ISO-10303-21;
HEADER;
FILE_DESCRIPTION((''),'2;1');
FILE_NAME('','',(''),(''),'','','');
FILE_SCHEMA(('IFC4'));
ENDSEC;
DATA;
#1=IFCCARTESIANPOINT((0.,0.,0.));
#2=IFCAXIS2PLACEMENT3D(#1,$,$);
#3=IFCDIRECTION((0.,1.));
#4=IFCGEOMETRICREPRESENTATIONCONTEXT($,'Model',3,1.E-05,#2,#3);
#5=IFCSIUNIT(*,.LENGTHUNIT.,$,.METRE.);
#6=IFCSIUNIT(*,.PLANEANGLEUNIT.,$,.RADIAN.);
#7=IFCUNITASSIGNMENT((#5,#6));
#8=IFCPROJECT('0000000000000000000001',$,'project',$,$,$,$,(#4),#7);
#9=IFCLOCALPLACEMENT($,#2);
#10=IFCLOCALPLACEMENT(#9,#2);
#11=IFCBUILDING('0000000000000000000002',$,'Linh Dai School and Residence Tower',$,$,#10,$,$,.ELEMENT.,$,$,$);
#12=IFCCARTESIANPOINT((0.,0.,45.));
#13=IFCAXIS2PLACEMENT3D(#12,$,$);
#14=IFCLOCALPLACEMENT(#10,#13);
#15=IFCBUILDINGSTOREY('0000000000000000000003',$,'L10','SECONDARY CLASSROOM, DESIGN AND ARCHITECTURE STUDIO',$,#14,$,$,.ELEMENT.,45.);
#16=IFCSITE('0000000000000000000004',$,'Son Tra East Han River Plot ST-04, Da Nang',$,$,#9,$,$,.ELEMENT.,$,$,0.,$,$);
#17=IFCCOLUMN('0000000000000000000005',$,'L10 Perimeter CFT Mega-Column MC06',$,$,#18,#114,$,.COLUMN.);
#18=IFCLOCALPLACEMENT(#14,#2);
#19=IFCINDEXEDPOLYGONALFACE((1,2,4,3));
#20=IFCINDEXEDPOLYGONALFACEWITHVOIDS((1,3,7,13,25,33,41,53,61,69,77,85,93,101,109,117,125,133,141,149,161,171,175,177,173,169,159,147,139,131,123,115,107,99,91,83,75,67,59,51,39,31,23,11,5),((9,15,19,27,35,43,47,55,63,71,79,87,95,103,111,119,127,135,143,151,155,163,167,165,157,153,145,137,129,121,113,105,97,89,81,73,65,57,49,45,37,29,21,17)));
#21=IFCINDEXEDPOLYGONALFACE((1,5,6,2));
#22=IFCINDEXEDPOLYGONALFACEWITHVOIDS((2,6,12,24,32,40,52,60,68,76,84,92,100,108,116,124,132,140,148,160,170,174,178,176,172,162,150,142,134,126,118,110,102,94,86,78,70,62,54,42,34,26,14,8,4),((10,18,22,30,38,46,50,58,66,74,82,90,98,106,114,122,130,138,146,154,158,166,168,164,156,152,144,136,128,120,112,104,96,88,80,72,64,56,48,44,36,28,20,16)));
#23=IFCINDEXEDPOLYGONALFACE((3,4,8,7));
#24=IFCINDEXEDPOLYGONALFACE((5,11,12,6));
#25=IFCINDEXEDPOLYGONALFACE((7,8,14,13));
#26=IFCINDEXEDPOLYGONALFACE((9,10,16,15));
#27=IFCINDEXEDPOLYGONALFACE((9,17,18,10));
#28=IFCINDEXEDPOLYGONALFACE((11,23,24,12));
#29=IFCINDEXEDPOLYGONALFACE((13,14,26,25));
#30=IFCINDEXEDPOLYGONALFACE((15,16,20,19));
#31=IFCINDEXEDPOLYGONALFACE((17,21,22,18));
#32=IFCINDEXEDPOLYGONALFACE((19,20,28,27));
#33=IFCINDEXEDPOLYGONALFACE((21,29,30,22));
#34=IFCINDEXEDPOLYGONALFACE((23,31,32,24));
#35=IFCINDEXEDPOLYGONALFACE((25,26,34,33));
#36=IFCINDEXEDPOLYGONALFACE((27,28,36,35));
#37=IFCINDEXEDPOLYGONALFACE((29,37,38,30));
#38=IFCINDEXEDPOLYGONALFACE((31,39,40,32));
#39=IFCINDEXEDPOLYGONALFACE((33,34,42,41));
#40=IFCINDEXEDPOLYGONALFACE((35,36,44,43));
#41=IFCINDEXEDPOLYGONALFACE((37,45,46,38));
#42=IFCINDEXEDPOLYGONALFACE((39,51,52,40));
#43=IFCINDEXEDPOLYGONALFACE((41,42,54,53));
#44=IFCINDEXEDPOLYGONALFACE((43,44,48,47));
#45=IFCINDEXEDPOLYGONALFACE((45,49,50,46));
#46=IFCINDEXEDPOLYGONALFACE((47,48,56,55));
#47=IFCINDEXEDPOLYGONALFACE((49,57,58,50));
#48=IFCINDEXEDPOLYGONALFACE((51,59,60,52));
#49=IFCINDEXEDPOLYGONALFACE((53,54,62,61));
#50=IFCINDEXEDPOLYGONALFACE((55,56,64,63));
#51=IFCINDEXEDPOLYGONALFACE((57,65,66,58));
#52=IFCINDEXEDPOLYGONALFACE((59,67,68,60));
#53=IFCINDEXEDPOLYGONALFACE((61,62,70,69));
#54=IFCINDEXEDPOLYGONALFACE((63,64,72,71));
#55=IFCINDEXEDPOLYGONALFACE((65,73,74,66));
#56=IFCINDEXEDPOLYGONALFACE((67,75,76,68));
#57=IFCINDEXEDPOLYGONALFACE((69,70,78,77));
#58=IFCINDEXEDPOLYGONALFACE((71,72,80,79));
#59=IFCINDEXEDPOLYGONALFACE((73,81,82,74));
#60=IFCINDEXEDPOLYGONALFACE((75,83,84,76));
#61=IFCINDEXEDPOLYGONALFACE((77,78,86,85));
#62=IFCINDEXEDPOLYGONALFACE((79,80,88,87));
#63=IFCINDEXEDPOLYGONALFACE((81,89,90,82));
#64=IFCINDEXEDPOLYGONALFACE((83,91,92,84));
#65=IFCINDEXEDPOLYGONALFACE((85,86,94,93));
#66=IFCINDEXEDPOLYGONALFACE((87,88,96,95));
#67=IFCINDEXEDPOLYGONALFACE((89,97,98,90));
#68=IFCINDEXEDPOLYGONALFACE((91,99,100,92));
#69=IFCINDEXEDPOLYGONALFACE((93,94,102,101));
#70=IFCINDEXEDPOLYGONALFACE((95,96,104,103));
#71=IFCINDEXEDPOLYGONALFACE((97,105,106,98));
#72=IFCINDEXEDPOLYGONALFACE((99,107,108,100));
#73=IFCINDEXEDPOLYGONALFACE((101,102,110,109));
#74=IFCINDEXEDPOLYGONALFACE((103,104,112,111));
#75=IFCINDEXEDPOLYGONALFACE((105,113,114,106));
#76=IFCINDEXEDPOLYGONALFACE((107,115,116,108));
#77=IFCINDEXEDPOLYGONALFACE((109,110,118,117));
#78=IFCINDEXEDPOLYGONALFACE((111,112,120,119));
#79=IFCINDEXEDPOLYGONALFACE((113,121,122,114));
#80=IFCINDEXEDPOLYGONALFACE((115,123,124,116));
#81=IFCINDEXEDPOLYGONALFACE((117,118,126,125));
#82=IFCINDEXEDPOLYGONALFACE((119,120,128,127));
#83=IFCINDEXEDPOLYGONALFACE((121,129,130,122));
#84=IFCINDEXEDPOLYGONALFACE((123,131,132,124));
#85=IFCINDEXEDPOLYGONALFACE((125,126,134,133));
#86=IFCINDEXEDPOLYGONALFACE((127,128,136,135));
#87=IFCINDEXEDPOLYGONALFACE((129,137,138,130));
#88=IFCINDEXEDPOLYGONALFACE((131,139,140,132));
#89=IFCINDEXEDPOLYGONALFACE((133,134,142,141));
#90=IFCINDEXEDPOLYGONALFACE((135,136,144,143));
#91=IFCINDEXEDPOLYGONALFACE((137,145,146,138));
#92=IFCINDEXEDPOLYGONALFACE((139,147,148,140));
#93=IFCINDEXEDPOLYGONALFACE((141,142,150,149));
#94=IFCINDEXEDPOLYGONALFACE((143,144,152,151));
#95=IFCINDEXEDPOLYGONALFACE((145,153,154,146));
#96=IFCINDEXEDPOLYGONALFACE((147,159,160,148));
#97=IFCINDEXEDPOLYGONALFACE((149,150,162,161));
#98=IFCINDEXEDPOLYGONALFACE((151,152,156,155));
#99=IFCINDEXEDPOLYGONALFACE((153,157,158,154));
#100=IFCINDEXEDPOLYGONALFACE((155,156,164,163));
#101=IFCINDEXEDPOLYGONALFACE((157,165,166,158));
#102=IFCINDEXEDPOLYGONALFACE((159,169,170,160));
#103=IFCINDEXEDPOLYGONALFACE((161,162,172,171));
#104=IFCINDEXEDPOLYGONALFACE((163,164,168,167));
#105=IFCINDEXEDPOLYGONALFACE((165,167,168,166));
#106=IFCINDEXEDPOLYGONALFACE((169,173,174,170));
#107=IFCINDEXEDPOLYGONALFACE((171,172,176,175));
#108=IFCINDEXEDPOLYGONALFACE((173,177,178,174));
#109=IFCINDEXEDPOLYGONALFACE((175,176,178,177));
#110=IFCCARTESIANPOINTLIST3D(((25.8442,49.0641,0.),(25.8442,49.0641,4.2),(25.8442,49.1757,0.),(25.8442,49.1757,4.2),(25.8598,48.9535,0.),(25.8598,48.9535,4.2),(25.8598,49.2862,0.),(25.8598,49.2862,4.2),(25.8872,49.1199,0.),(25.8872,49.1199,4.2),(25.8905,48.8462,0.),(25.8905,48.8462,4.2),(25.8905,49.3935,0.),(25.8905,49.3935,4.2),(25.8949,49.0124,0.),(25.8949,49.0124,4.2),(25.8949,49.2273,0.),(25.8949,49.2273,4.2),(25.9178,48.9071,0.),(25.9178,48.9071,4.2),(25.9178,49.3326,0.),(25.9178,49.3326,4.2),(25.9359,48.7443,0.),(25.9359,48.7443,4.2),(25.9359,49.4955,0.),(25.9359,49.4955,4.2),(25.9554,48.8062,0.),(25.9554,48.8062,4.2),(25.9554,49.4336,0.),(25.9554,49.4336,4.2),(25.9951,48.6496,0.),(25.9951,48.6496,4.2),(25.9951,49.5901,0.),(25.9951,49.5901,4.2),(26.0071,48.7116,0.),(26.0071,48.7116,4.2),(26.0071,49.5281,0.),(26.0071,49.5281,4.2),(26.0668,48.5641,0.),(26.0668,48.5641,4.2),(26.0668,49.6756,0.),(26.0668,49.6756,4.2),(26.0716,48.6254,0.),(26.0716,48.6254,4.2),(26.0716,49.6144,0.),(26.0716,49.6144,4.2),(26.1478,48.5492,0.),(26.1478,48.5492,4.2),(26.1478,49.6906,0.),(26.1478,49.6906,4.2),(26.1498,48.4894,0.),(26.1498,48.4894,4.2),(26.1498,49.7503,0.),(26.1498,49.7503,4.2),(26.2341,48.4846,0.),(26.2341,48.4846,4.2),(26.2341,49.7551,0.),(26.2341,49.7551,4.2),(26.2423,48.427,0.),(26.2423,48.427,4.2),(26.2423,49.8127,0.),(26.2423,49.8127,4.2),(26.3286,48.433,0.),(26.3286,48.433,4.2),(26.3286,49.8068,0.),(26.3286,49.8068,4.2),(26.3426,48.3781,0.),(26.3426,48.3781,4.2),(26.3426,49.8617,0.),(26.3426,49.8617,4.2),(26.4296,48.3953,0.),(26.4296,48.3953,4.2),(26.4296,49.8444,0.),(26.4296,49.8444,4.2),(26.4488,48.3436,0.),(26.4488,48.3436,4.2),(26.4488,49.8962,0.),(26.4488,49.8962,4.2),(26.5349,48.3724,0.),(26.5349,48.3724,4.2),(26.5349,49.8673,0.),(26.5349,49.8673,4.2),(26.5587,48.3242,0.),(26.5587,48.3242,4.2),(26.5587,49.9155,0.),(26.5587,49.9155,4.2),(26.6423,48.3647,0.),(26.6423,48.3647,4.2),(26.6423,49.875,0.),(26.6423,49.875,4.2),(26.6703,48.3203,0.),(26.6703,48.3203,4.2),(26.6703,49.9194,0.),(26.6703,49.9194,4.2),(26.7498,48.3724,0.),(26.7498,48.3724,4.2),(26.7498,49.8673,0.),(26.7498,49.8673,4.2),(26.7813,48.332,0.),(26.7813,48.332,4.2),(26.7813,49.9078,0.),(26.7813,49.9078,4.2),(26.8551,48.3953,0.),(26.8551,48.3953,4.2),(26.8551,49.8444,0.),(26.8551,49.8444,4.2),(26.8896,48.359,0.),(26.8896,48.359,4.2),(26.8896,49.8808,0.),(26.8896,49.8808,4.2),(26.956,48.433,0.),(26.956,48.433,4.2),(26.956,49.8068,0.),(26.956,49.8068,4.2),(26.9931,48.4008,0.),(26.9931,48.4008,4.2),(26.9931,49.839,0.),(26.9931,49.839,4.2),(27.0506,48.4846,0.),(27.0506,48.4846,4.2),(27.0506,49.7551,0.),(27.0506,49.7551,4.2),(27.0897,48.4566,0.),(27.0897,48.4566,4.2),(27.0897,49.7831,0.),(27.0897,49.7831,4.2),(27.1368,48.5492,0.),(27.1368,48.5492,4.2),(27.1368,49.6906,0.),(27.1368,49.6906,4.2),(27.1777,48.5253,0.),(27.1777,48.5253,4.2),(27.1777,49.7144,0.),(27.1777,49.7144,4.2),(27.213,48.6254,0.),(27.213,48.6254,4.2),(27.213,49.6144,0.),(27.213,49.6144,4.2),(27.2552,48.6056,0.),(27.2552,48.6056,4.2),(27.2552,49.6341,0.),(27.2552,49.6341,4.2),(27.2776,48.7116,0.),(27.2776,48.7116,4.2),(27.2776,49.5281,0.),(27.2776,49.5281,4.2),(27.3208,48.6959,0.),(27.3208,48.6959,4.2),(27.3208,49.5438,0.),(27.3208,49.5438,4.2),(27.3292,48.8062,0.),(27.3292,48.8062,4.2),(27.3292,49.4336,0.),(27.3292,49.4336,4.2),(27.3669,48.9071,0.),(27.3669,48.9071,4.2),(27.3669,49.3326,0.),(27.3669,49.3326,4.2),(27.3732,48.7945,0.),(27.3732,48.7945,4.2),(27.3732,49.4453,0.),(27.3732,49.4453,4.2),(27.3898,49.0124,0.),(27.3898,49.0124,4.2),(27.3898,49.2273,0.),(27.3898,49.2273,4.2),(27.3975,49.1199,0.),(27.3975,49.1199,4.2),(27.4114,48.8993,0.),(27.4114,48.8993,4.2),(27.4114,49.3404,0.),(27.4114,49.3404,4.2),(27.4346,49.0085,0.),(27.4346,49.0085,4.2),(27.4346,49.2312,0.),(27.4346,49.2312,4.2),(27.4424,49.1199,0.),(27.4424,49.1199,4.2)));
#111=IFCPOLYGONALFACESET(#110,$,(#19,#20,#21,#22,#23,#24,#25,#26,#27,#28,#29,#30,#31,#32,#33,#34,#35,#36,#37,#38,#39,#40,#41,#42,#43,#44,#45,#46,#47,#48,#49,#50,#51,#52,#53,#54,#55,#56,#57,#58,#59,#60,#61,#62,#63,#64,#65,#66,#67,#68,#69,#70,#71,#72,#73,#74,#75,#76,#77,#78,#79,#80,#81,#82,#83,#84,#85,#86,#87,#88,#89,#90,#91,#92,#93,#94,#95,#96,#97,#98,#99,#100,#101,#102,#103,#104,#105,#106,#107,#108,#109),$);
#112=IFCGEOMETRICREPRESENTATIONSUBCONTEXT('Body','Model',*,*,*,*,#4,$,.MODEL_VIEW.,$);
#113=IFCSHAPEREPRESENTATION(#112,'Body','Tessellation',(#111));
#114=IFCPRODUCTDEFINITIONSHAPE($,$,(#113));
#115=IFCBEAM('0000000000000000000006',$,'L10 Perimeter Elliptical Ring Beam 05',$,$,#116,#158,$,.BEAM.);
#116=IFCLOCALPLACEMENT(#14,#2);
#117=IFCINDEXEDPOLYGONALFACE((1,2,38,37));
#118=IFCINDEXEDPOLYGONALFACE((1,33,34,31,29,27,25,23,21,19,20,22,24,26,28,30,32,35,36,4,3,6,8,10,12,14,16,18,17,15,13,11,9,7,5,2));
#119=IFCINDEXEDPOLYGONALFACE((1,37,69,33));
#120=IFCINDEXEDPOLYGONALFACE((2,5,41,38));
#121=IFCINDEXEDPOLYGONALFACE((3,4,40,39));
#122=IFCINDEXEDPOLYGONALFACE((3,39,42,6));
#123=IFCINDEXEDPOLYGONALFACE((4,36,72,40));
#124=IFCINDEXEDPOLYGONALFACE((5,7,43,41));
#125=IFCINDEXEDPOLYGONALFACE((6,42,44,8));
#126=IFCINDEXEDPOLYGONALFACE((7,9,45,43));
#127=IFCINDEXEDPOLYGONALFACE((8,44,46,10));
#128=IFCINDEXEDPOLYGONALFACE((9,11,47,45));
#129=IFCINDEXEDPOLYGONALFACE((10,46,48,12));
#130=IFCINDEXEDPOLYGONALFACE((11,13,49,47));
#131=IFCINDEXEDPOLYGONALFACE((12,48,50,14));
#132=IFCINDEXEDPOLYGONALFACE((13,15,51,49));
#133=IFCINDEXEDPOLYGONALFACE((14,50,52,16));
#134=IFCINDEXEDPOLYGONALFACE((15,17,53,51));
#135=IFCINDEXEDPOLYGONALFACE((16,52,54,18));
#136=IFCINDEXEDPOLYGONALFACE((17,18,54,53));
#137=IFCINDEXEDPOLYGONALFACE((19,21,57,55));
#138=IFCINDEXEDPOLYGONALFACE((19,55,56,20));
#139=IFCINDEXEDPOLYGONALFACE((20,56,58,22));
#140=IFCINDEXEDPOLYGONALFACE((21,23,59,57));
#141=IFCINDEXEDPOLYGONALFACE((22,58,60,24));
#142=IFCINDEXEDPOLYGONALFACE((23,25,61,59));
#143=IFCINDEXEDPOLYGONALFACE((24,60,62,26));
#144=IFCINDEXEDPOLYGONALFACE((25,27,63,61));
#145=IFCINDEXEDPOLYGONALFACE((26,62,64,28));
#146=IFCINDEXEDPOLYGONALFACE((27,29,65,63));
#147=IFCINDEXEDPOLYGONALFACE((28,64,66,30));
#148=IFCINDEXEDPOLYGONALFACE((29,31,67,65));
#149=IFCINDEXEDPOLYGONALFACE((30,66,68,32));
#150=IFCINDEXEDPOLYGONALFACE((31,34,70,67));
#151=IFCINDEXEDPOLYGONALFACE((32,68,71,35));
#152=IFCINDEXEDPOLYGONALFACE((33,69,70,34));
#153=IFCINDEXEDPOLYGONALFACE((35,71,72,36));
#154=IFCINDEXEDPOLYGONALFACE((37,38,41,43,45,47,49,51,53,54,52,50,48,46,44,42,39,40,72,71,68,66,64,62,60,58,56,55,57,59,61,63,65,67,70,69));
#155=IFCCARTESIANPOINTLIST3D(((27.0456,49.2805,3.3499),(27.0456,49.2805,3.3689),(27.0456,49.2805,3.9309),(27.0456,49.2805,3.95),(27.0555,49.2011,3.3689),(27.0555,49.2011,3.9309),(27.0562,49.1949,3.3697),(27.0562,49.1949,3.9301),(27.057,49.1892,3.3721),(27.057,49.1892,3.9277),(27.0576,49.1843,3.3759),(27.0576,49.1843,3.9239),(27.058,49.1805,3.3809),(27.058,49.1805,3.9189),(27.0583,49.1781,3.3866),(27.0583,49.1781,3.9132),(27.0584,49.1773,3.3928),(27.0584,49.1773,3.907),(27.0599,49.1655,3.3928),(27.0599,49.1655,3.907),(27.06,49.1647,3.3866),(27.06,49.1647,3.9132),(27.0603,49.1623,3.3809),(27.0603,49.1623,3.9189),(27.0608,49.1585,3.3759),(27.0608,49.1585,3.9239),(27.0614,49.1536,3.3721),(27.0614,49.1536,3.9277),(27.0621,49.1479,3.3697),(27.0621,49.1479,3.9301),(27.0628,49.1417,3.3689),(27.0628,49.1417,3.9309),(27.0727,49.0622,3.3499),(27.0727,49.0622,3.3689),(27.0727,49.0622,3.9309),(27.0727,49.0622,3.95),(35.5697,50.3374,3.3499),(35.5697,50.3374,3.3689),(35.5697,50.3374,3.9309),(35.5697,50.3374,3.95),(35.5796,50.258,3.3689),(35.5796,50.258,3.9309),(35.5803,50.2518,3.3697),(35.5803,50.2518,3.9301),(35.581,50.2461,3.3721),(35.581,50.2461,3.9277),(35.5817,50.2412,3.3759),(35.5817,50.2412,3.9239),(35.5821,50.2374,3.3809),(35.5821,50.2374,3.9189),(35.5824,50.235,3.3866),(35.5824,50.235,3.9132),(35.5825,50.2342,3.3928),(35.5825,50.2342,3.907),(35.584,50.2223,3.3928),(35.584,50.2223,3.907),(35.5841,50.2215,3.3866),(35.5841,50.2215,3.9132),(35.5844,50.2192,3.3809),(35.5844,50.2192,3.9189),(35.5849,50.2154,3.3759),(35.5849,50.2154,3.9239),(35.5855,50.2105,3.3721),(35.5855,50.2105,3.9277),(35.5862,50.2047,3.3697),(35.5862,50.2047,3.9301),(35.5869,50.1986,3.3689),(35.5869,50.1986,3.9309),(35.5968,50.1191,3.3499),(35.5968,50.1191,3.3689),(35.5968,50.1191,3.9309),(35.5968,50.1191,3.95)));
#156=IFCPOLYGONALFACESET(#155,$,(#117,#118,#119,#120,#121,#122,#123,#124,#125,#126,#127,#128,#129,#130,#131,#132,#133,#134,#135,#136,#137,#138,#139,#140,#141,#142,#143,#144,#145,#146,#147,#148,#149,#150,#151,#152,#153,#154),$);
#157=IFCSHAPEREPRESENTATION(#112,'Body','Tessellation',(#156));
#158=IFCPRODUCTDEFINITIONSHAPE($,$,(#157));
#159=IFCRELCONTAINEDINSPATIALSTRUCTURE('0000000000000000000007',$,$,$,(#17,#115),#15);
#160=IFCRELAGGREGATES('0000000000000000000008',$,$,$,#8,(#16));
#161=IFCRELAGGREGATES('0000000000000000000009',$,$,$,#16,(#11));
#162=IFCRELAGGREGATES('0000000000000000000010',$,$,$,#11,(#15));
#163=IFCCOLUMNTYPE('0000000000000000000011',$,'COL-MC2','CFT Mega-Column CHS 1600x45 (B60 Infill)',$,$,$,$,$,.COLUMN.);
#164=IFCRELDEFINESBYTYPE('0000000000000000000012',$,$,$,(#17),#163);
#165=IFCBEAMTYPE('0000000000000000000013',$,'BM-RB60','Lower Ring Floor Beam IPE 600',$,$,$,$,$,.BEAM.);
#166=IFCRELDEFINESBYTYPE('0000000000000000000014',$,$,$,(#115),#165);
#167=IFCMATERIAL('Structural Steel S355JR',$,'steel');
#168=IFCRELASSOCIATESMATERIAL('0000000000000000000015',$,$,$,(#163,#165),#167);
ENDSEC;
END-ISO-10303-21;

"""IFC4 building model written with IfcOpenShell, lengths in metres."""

from ifc_helpers import new_model, si_unit, direction, frame, origin, origin_2d, place, context, subcontext, project, spatial, hollow_circle, i_section, extrude, material, material_profile, profile_set, type_object, element, save


model = new_model("IFC4")

# Units and contexts
model_context = context("Model", 3, precision=1e-05, world=origin(), true_north=direction((0.0, 1.0)))
body_context = subcontext(model_context, "Body", "Model", "MODEL_VIEW")
ifc_project = project(units=[si_unit("LENGTHUNIT", "METRE"), si_unit("PLANEANGLEUNIT", "RADIAN")], contexts=[model_context])

# Site, building, storey
site_placement = place(None, origin())
site = spatial("IfcSite", under=ifc_project, at=site_placement, Name="Son Tra East Han River Plot ST-04, Da Nang", CompositionType="ELEMENT", RefElevation=0.0)
building_placement = place(site_placement, origin())
building = spatial("IfcBuilding", under=site, at=building_placement, Name="Linh Dai School and Residence Tower", CompositionType="ELEMENT")
storey_placement = place(building_placement, frame((0.0, 0.0, 45.0)))
storey = spatial("IfcBuildingStorey", under=building, at=storey_placement, Name="L10", Description="SECONDARY CLASSROOM, DESIGN AND ARCHITECTURE STUDIO", CompositionType="ELEMENT", Elevation=45.0)

# Column
ifc_material_1 = material(Name="Structural Steel S355JR", Category="steel")
ifc_material_profile_1 = material_profile(ifc_material_1, hollow_circle(Radius=0.8, WallThickness=0.0449, at=origin_2d()), Name="CHS 1600x45")
ifc_profile_set_1 = profile_set([ifc_material_profile_1], Name="Structural Steel S355JR")
column_type_1 = type_object("IfcColumnType", Name="COL-MC2", Description="CFT Mega-Column CHS 1600x45 (B60 Infill)", PredefinedType="COLUMN", material=ifc_profile_set_1)
for number, where, z_axis, x_axis, name in (
    (1, (26.6423, 49.1199, 0.0), (0.0, 0.0, 1.0), (1.0, 0.0, 0.0), "L10 Perimeter CFT Mega-Column MC06"),
):
    element("IfcColumn", number, at=place(storey_placement, frame(where, z_axis=z_axis, x_axis=x_axis)), inside=storey, type_object=column_type_1, Name=name, PredefinedType="COLUMN", context=body_context, shape_type="SweptSolid", body=[
        extrude(hollow_circle(Radius=0.8, WallThickness=0.0449, at=origin_2d()), origin(), (0.0, 0.0, 1.0), 4.2),
    ])

# Beam
ifc_material_profile_2 = material_profile(ifc_material_1, i_section(OverallWidth=0.22, OverallDepth=0.6001, WebThickness=0.012, FlangeThickness=0.019, FilletRadius=0.0239, at=origin_2d()), Name="IPE 600")
ifc_profile_set_2 = profile_set([ifc_material_profile_2], Name="Structural Steel S355JR")
beam_type_1 = type_object("IfcBeamType", Name="BM-RB60", Description="Lower Ring Floor Beam IPE 600", PredefinedType="BEAM", material=ifc_profile_set_2)
beam_1_placement = place(storey_placement, frame((35.5833, 50.2283, 3.6499), z_axis=(-0.992401, -0.123045, 0.0), x_axis=(0.123045, -0.992401, 0.0)))
element("IfcBeam", 2, at=beam_1_placement, inside=storey, type_object=beam_type_1, Name="L10 Perimeter Elliptical Ring Beam 05", PredefinedType="BEAM", context=body_context, shape_type="SweptSolid", body=[
    extrude(i_section(OverallWidth=0.22, OverallDepth=0.6001, WebThickness=0.012, FlangeThickness=0.019, FilletRadius=0.0239, at=origin_2d()), origin(), (0.0, 0.0, 1.0), 8.5894),
])

save(model, "model.ifc")
